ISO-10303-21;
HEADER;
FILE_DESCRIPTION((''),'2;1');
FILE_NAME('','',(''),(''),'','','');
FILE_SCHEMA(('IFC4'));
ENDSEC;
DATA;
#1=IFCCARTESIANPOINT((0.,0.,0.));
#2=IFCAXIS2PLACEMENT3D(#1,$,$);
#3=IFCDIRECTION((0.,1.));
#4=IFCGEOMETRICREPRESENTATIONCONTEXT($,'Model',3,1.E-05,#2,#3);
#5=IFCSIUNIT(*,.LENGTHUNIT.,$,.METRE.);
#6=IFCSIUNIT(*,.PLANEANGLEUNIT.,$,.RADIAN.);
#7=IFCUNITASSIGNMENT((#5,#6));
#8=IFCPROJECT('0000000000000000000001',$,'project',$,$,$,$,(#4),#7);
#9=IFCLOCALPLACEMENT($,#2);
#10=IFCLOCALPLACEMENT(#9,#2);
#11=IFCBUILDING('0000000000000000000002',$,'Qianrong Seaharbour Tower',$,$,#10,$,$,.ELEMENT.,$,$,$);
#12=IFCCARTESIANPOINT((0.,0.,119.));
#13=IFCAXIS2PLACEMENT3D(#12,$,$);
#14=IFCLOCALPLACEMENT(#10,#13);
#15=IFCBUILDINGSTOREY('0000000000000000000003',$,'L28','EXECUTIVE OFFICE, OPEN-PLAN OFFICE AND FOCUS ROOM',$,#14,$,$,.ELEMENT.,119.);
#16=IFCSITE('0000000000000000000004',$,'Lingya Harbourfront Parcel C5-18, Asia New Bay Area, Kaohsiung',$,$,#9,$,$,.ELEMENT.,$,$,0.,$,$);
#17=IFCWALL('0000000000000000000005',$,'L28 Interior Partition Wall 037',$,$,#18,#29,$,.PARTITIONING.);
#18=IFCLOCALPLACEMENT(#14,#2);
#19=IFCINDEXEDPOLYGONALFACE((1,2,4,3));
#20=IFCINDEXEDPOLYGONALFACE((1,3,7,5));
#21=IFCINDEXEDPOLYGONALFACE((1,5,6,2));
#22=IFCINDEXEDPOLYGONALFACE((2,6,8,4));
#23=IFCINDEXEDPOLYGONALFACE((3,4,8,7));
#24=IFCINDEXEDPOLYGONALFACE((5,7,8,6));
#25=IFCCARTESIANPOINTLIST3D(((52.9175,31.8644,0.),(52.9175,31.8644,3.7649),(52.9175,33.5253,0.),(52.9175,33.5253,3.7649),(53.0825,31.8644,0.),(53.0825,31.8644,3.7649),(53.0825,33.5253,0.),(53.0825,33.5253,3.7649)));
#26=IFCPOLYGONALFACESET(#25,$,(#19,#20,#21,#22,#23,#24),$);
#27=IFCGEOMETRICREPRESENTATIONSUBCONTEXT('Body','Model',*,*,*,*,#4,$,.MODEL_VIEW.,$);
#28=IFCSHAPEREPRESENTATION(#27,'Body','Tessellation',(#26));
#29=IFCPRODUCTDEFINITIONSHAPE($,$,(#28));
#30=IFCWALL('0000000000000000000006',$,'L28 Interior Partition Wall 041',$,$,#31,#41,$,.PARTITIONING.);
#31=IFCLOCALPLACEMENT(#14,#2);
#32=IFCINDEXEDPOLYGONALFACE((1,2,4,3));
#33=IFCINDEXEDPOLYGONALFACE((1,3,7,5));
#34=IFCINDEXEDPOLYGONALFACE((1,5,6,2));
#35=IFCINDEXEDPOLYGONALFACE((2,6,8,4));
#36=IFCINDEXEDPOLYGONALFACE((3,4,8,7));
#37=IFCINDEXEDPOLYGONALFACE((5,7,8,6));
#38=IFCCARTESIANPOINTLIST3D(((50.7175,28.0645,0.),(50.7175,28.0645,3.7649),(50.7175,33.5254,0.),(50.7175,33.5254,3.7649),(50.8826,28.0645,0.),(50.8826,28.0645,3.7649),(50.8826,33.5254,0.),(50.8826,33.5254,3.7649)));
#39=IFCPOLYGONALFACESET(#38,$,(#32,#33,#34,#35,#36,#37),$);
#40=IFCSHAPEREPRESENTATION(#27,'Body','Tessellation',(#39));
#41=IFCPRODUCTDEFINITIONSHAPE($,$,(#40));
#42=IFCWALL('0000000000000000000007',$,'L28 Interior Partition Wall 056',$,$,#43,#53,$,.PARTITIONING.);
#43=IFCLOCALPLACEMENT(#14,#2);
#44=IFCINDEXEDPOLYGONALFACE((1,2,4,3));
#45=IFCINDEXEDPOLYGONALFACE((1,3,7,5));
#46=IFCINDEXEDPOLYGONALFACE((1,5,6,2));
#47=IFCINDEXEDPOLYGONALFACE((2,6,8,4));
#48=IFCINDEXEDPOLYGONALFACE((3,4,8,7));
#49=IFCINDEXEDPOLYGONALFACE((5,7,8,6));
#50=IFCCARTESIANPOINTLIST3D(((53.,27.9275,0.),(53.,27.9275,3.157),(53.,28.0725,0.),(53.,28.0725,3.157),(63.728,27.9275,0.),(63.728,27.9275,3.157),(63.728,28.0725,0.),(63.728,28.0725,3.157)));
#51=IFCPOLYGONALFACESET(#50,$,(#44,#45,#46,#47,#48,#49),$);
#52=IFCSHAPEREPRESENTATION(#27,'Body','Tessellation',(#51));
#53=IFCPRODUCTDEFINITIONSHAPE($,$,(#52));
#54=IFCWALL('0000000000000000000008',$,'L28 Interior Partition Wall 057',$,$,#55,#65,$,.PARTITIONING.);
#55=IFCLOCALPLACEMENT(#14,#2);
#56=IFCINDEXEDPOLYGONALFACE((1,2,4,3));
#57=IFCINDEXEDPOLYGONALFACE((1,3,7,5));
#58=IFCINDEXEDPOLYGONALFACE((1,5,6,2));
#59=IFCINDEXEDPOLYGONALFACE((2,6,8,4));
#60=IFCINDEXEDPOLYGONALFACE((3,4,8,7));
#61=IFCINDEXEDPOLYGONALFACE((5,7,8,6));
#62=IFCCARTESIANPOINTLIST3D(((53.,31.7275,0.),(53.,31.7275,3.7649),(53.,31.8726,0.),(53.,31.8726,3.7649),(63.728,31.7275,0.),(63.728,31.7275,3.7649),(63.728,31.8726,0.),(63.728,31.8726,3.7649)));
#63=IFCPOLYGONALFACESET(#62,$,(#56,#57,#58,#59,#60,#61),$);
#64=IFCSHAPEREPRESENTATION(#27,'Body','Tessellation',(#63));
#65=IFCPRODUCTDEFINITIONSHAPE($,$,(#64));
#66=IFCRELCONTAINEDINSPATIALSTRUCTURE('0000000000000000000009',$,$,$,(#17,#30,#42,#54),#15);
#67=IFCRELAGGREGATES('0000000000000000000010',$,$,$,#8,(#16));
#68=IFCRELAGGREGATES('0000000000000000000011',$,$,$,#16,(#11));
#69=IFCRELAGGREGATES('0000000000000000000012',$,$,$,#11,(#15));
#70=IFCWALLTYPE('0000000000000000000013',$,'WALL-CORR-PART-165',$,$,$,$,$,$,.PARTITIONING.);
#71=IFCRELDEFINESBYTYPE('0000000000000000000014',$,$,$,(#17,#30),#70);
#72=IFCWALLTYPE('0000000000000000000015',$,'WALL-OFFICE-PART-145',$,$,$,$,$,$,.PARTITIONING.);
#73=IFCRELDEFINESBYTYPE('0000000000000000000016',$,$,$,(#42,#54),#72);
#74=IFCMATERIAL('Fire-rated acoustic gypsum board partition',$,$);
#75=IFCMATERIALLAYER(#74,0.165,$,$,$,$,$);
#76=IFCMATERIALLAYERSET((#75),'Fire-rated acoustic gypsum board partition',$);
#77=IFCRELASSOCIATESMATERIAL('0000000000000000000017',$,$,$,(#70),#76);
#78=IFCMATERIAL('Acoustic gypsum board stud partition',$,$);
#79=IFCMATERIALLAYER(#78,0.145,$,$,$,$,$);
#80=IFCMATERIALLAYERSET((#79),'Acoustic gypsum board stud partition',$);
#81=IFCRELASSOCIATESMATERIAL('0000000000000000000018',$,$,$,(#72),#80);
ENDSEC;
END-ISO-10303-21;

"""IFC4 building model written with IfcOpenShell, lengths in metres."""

from ifc_helpers import new_model, si_unit, direction, frame, frame_2d, origin, place, context, subcontext, project, spatial, rectangle, extrude, material, layer, layer_set, type_object, element, save


model = new_model("IFC4")

# Units and contexts
model_context = context("Model", 3, precision=1e-05, world=origin(), true_north=direction((0.0, 1.0)))
body_context = subcontext(model_context, "Body", "Model", "MODEL_VIEW")
ifc_project = project(units=[si_unit("LENGTHUNIT", "METRE"), si_unit("PLANEANGLEUNIT", "RADIAN")], contexts=[model_context])

# Site, building, storey
site_placement = place(None, origin())
site = spatial("IfcSite", under=ifc_project, at=site_placement, Name="Lingya Harbourfront Parcel C5-18, Asia New Bay Area, Kaohsiung", CompositionType="ELEMENT", RefElevation=0.0)
building_placement = place(site_placement, origin())
building = spatial("IfcBuilding", under=site, at=building_placement, Name="Qianrong Seaharbour Tower", CompositionType="ELEMENT")
storey_placement = place(building_placement, frame((0.0, 0.0, 119.0)))
storey = spatial("IfcBuildingStorey", under=building, at=storey_placement, Name="L28", Description="EXECUTIVE OFFICE, OPEN-PLAN OFFICE AND FOCUS ROOM", CompositionType="ELEMENT", Elevation=119.0)

# Shared definitions
ifc_material_1 = material(Name="Fire-rated acoustic gypsum board partition")
ifc_layer_1 = layer(ifc_material_1, 0.165)
ifc_layer_set_1 = layer_set([ifc_layer_1], Name="Fire-rated acoustic gypsum board partition")
wall_type_1 = type_object("IfcWallType", Name="WALL-CORR-PART-165", PredefinedType="PARTITIONING", material=ifc_layer_set_1)

# Walls
wall_1_placement = place(storey_placement, frame((53.0, 33.5254, 0.0), z_axis=(0.0, 0.0, 1.0), x_axis=(0.0, -1.0, 0.0)))
element("IfcWall", 1, at=wall_1_placement, inside=storey, type_object=wall_type_1, Name="L28 Interior Partition Wall 037", PredefinedType="PARTITIONING", context=body_context, shape_type="SweptSolid", body=[
    extrude(rectangle(XDim=1.6609, YDim=0.165, at=frame_2d((0.8306, 0.0))), origin(), (0.0, 0.0, 1.0), 3.7649),
])
wall_2_placement = place(storey_placement, frame((50.8, 28.0645, 0.0), z_axis=(0.0, 0.0, 1.0), x_axis=(0.0, 1.0, 0.0)))
element("IfcWall", 2, at=wall_2_placement, inside=storey, type_object=wall_type_1, Name="L28 Interior Partition Wall 041", PredefinedType="PARTITIONING", context=body_context, shape_type="SweptSolid", body=[
    extrude(rectangle(XDim=5.4609, YDim=0.165, at=frame_2d((2.7305, 0.0))), origin(), (0.0, 0.0, 1.0), 3.7649),
])
ifc_material_2 = material(Name="Acoustic gypsum board stud partition")
ifc_layer_2 = layer(ifc_material_2, 0.145)
ifc_layer_set_2 = layer_set([ifc_layer_2], Name="Acoustic gypsum board stud partition")
wall_type_2 = type_object("IfcWallType", Name="WALL-OFFICE-PART-145", PredefinedType="PARTITIONING", material=ifc_layer_set_2)
wall_3_placement = place(storey_placement, frame((53.0, 28.0, 0.0), z_axis=(0.0, 0.0, 1.0), x_axis=(1.0, 0.0, 0.0)))
element("IfcWall", 3, at=wall_3_placement, inside=storey, type_object=wall_type_2, Name="L28 Interior Partition Wall 056", PredefinedType="PARTITIONING", context=body_context, shape_type="SweptSolid", body=[
    extrude(rectangle(XDim=10.728, YDim=0.145, at=frame_2d((5.364, 0.0))), origin(), (0.0, 0.0, 1.0), 3.157),
])
wall_4_placement = place(storey_placement, frame((53.0, 31.8, 0.0), z_axis=(0.0, 0.0, 1.0), x_axis=(1.0, 0.0, 0.0)))
element("IfcWall", 4, at=wall_4_placement, inside=storey, type_object=wall_type_2, Name="L28 Interior Partition Wall 057", PredefinedType="PARTITIONING", context=body_context, shape_type="SweptSolid", body=[
    extrude(rectangle(XDim=10.728, YDim=0.145, at=frame_2d((5.364, 0.0))), origin(), (0.0, 0.0, 1.0), 3.7649),
])

save(model, "model.ifc")
